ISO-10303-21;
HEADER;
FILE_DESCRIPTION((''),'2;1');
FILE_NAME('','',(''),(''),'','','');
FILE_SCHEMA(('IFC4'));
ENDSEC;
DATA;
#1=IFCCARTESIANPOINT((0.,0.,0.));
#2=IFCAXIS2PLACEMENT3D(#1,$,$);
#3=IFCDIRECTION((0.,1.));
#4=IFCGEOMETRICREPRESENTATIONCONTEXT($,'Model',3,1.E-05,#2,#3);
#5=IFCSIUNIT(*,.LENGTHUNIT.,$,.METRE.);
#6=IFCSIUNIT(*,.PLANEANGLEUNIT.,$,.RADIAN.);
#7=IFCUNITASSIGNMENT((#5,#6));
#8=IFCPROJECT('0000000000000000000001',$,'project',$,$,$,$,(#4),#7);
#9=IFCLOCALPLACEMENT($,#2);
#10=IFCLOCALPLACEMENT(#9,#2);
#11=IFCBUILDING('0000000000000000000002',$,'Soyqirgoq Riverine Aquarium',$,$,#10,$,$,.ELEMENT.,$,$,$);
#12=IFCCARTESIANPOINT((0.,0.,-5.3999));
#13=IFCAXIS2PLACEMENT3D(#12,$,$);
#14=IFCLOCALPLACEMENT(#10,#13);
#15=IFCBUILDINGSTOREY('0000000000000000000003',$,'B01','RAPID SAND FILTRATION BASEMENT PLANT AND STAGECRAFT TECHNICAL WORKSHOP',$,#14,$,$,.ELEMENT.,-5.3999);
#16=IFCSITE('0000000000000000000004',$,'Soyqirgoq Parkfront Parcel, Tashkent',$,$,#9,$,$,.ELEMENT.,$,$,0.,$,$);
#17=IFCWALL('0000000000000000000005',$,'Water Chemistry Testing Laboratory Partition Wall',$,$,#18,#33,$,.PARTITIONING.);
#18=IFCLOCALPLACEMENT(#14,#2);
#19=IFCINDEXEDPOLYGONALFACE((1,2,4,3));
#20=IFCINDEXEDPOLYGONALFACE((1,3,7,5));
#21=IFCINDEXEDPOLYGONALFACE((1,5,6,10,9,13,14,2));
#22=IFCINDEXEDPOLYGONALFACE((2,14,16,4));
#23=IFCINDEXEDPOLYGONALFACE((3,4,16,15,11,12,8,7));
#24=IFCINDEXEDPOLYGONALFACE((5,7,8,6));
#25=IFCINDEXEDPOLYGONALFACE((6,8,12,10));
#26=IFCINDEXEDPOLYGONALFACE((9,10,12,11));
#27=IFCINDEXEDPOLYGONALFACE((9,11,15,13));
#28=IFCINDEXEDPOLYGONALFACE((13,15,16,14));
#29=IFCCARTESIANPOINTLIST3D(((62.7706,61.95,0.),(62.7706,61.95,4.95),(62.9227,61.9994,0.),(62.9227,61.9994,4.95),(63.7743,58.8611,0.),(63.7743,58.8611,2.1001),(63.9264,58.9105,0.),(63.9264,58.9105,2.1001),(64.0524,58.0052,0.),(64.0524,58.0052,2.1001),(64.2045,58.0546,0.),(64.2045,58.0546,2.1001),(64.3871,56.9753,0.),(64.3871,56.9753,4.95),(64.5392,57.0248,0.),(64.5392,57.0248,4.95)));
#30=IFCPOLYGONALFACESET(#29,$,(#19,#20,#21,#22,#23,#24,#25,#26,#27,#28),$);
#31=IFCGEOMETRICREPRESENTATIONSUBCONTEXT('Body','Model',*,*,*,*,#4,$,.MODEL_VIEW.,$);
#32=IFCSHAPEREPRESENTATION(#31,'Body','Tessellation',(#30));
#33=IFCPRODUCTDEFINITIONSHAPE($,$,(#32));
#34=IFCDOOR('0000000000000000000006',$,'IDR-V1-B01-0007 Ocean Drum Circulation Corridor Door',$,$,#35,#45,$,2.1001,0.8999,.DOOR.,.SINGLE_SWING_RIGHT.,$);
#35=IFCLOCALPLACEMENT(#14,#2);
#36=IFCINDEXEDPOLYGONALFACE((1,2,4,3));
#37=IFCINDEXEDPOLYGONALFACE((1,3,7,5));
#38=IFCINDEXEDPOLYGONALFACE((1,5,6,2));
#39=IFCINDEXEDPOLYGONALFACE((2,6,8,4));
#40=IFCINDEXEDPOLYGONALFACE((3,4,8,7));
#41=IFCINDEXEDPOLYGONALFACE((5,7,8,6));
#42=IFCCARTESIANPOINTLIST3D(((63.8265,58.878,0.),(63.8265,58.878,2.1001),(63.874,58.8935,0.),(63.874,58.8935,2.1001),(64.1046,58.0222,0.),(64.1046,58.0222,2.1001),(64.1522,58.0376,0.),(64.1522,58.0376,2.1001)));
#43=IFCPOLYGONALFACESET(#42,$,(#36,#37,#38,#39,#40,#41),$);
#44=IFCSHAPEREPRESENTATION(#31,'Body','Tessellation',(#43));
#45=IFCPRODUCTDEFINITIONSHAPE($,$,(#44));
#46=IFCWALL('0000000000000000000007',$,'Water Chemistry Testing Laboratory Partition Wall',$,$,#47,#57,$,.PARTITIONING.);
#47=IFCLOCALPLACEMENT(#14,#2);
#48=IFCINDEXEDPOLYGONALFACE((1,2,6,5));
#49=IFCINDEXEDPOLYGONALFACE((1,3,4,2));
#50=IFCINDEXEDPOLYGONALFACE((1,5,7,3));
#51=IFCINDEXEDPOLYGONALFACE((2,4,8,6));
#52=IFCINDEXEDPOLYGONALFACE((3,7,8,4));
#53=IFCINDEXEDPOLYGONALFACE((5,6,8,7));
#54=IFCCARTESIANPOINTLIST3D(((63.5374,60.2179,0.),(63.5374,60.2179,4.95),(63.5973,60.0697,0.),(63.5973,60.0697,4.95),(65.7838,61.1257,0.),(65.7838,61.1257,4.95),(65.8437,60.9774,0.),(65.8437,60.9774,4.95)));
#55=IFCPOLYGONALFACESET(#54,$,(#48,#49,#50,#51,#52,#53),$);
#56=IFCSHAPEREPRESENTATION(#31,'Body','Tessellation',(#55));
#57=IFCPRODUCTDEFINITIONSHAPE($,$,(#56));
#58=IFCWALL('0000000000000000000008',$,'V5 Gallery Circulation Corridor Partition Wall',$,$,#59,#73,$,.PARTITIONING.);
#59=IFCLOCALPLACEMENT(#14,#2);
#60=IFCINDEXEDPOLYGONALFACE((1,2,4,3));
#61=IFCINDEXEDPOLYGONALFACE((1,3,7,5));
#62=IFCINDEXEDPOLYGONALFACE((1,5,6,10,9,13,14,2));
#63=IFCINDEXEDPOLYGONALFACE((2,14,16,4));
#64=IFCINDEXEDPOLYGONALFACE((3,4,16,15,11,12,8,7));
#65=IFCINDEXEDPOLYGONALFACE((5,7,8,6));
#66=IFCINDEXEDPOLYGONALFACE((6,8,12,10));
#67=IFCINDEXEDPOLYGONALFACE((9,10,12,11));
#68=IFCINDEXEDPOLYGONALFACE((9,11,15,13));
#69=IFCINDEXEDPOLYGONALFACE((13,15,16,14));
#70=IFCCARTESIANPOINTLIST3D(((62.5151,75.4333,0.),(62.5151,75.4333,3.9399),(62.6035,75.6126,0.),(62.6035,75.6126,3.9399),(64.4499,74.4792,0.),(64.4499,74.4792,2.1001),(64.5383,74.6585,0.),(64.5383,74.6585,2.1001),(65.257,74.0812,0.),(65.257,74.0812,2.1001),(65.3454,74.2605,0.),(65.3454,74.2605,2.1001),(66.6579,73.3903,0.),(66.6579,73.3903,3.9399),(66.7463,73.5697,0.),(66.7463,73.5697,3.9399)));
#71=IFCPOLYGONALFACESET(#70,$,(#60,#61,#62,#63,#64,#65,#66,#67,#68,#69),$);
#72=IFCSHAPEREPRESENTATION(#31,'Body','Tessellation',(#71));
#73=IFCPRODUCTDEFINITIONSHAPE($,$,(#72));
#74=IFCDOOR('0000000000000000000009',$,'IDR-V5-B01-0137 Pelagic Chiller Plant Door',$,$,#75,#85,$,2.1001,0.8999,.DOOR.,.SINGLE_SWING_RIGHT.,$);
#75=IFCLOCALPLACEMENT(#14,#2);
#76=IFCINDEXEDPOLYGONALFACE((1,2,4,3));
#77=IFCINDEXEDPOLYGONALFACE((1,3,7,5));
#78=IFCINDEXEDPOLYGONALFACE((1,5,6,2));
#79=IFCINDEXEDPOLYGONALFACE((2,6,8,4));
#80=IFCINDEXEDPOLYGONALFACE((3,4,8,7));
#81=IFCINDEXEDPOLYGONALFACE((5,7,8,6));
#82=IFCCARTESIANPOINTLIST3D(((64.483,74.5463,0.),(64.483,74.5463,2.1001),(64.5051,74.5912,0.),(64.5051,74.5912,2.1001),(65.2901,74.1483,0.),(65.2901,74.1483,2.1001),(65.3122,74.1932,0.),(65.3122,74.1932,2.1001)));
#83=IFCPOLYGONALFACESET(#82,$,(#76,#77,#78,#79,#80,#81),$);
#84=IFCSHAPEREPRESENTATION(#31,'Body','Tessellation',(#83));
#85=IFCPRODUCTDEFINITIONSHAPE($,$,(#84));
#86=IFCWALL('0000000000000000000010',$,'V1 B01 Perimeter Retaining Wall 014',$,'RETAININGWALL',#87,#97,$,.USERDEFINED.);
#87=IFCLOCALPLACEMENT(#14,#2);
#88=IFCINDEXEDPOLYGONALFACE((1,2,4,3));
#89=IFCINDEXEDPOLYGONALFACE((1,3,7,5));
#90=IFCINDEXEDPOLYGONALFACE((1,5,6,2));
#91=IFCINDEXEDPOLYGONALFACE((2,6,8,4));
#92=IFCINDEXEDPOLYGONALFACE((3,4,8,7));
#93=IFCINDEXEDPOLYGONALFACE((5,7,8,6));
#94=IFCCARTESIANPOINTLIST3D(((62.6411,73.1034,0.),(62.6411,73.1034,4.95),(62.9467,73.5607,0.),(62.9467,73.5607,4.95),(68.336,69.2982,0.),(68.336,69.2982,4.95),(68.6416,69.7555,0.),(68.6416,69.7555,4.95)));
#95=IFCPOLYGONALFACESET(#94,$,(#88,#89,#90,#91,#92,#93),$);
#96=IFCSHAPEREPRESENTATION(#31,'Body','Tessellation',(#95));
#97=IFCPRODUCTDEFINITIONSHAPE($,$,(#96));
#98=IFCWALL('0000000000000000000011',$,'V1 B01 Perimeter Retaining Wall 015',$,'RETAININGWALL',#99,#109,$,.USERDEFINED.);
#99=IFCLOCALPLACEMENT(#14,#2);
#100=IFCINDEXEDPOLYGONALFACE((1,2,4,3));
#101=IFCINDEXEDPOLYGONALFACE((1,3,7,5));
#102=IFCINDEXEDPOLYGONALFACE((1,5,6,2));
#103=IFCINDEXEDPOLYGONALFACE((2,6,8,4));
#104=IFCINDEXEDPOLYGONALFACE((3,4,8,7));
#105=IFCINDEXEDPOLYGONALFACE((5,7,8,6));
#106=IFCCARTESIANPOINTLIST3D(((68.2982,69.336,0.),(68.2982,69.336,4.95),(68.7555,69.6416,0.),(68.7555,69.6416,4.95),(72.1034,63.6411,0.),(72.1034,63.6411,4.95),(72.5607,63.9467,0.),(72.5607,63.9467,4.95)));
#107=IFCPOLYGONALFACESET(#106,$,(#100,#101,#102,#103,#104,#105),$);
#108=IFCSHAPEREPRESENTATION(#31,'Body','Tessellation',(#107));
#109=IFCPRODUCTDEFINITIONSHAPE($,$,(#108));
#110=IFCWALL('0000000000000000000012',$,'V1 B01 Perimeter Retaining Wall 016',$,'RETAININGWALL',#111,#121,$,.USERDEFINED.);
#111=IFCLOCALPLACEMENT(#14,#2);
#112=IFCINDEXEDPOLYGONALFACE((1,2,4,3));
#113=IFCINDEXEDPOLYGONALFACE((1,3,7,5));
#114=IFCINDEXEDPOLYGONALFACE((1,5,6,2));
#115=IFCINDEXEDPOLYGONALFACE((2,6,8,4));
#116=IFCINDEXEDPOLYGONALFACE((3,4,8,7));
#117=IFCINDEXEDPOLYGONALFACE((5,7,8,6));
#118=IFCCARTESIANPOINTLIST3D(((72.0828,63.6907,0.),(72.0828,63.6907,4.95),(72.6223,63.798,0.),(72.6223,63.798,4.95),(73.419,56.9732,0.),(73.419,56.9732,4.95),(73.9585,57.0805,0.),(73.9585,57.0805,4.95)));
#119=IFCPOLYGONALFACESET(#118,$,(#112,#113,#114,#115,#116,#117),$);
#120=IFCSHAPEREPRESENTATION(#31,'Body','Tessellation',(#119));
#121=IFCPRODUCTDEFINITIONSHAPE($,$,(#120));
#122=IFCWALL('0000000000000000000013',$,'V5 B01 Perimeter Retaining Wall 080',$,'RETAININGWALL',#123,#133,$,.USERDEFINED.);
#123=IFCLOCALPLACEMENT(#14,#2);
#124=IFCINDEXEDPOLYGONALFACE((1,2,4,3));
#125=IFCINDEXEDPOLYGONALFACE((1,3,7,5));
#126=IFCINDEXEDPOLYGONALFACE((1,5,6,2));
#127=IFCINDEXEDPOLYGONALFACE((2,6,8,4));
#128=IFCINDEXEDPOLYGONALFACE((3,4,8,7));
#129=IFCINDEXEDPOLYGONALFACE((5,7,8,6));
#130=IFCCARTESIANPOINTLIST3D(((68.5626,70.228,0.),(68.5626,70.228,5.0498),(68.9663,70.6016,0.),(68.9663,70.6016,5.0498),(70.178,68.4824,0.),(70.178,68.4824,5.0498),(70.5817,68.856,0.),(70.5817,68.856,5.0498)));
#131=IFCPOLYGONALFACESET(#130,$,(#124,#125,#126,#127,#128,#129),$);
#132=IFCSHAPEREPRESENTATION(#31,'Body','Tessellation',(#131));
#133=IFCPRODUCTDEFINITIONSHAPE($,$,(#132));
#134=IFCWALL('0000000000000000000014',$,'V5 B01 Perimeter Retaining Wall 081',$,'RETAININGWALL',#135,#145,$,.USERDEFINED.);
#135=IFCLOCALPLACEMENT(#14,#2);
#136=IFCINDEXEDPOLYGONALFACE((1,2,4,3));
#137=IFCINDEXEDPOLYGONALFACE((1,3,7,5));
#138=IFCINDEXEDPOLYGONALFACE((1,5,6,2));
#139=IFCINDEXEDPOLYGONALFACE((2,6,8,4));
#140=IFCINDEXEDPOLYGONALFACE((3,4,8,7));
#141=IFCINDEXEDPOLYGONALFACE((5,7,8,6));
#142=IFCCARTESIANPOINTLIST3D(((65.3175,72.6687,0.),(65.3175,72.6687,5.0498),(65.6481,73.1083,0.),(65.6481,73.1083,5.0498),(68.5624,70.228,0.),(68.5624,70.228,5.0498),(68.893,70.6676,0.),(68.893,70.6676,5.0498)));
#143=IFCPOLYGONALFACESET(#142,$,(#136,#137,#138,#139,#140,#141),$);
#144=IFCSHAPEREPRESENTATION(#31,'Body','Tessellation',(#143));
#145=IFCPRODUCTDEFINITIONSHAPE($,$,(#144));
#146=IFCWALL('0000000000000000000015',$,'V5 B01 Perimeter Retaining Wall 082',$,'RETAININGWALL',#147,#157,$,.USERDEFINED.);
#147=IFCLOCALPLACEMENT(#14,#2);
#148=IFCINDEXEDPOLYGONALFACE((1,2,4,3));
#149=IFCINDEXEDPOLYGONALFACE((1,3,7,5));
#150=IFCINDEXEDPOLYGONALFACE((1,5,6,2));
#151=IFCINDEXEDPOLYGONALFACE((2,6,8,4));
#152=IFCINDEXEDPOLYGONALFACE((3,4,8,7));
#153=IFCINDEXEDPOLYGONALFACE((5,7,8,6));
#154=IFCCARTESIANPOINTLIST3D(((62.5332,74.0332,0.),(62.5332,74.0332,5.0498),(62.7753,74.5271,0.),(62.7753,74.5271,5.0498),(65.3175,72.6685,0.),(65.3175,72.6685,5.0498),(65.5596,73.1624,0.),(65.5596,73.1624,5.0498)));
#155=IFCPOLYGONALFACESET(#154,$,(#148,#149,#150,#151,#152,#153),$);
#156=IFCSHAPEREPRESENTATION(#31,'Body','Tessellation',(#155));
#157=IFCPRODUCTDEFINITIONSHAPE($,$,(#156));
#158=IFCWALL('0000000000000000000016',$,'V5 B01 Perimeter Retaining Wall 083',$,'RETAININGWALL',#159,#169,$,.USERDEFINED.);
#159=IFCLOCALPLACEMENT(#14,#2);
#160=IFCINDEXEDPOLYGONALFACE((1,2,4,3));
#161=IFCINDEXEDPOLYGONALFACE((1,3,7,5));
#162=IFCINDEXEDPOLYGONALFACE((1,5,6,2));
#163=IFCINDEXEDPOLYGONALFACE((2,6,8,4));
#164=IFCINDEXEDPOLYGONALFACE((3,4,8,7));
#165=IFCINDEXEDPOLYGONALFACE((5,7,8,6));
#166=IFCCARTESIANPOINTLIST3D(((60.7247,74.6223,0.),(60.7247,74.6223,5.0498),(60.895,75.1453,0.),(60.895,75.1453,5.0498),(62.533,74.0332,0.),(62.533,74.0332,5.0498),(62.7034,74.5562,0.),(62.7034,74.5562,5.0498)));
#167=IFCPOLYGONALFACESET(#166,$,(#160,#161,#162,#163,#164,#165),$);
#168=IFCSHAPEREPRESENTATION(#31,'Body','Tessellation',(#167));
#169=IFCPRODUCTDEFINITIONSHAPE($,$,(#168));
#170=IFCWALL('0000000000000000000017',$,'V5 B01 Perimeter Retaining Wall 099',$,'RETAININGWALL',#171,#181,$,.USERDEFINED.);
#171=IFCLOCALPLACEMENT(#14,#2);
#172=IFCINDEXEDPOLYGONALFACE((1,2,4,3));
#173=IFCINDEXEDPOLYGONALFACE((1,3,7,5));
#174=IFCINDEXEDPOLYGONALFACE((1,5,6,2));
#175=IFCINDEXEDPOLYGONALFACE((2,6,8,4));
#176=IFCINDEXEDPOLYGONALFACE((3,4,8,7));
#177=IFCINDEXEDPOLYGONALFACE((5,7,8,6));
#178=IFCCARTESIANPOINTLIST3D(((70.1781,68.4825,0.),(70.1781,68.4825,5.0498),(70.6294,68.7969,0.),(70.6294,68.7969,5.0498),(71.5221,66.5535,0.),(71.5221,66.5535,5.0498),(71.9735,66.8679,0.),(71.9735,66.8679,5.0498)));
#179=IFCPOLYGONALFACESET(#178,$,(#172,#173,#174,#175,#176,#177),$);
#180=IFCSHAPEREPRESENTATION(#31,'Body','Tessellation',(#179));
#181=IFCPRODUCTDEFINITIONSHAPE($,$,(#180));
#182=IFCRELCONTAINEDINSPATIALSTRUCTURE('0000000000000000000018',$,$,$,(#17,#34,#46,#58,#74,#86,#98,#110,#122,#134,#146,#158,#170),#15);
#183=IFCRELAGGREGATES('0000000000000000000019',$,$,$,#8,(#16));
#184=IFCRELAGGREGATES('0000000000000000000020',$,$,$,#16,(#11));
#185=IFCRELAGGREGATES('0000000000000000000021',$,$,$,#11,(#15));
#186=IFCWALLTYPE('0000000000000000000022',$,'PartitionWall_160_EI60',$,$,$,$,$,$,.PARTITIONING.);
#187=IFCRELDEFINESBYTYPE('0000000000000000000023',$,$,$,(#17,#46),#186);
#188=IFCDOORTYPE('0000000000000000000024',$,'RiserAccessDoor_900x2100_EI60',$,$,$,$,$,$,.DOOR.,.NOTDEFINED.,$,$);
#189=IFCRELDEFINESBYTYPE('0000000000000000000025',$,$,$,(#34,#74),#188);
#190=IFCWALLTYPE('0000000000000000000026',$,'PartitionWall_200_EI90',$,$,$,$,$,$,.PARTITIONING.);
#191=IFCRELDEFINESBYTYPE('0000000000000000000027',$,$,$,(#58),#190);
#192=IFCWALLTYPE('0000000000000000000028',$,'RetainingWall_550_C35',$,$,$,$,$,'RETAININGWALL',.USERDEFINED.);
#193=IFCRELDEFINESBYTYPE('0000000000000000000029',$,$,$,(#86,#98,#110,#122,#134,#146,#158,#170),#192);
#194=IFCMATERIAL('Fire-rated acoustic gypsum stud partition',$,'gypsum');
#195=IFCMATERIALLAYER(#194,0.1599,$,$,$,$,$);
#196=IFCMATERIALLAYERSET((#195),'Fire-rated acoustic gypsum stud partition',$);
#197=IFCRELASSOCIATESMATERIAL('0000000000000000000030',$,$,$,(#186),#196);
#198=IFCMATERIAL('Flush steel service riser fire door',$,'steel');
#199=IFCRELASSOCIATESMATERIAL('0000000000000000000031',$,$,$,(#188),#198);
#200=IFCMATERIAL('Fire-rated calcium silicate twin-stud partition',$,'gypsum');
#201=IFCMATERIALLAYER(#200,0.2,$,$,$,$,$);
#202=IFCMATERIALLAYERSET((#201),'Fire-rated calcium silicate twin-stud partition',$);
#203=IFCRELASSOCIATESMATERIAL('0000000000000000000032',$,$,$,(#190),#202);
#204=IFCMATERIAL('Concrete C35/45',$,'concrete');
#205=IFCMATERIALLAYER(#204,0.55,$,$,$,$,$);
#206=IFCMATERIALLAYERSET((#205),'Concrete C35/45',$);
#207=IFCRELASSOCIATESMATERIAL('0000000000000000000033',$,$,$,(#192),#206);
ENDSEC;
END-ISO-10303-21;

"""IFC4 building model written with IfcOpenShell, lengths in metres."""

from ifc_helpers import new_model, si_unit, direction, frame, frame_2d, origin, place, context, subcontext, project, spatial, rectangle, extrude, material, layer, layer_set, type_object, element, fill, save


model = new_model("IFC4")

# Units and contexts
model_context = context("Model", 3, precision=1e-05, world=origin(), true_north=direction((0.0, 1.0)))
body_context = subcontext(model_context, "Body", "Model", "MODEL_VIEW")
ifc_project = project(units=[si_unit("LENGTHUNIT", "METRE"), si_unit("PLANEANGLEUNIT", "RADIAN")], contexts=[model_context])

# Site, building, storey
site_placement = place(None, origin())
site = spatial("IfcSite", under=ifc_project, at=site_placement, Name="Soyqirgoq Parkfront Parcel, Tashkent", CompositionType="ELEMENT", RefElevation=0.0)
building_placement = place(site_placement, origin())
building = spatial("IfcBuilding", under=site, at=building_placement, Name="Soyqirgoq Riverine Aquarium", CompositionType="ELEMENT")
storey_placement = place(building_placement, frame((0.0, 0.0, -5.3999)))
storey = spatial("IfcBuildingStorey", under=building, at=storey_placement, Name="B01", Description="RAPID SAND FILTRATION BASEMENT PLANT AND STAGECRAFT TECHNICAL WORKSHOP", CompositionType="ELEMENT", Elevation=-5.3999)

# Wall, opening, door
ifc_material_1 = material(Name="Fire-rated acoustic gypsum stud partition", Category="gypsum")
ifc_layer_1 = layer(ifc_material_1, 0.1599)
ifc_layer_set_1 = layer_set([ifc_layer_1], Name="Fire-rated acoustic gypsum stud partition")
wall_type_1 = type_object("IfcWallType", Name="PartitionWall_160_EI60", PredefinedType="PARTITIONING", material=ifc_layer_set_1)
wall_1_placement = place(storey_placement, frame((62.8467, 61.9746, 0.0), z_axis=(0.0, 0.0, 1.0), x_axis=(0.309035, -0.951051, 0.0)))
wall_1 = element("IfcWall", 1, at=wall_1_placement, inside=storey, type_object=wall_type_1, Name="Water Chemistry Testing Laboratory Partition Wall", PredefinedType="PARTITIONING", context=body_context, shape_type="SweptSolid", body=[
    extrude(rectangle(XDim=5.2307, YDim=0.1599, at=frame_2d((2.6152, 0.0))), origin(), (0.0, 0.0, 1.0), 4.95),
])
opening_1_placement = place(wall_1_placement, frame((3.2478, 0.0, 0.0)))
opening_1 = element("IfcOpeningElement", 2, at=opening_1_placement, cuts=wall_1, PredefinedType="OPENING", context=body_context, shape_type="SweptSolid", body=[
    extrude(rectangle(XDim=0.8999, YDim=2.1001, at=frame_2d((0.45, 1.05))), frame((0.0, 0.0898, 0.0), z_axis=(0.0, -1.0, 0.0), x_axis=(1.0, 0.0, 0.0)), (0.0, 0.0, 1.0), 0.1799),
])
ifc_material_2 = material(Name="Flush steel service riser fire door", Category="steel")
door_type_1 = type_object("IfcDoorType", Name="RiserAccessDoor_900x2100_EI60", OperationType="NOTDEFINED", PredefinedType="DOOR", material=ifc_material_2)
door_1_placement = place(opening_1_placement, origin())
door_1 = element("IfcDoor", 3, at=door_1_placement, inside=storey, type_object=door_type_1, Name="IDR-V1-B01-0007 Ocean Drum Circulation Corridor Door", OperationType="SINGLE_SWING_RIGHT", OverallHeight=2.1001, OverallWidth=0.8999, PredefinedType="DOOR", context=body_context, shape_type="SweptSolid", body=[
    extrude(rectangle(XDim=0.8999, YDim=2.1001, at=frame_2d((0.45, 1.05))), frame((0.0, 0.0249, 0.0), z_axis=(0.0, -1.0, 0.0), x_axis=(1.0, 0.0, 0.0)), (0.0, 0.0, 1.0), 0.05),
])
fill(opening_1, door_1)

# Wall
wall_2_placement = place(storey_placement, frame((63.5674, 60.1438, 0.0), z_axis=(0.0, 0.0, 1.0), x_axis=(0.927164, 0.374655, 0.0)))
element("IfcWall", 4, at=wall_2_placement, inside=storey, type_object=wall_type_1, Name="Water Chemistry Testing Laboratory Partition Wall", PredefinedType="PARTITIONING", context=body_context, shape_type="SweptSolid", body=[
    extrude(rectangle(XDim=2.4229, YDim=0.1599, at=frame_2d((1.2114, 0.0))), origin(), (0.0, 0.0, 1.0), 4.95),
])

# Wall, opening, door
ifc_material_3 = material(Name="Fire-rated calcium silicate twin-stud partition", Category="gypsum")
ifc_layer_2 = layer(ifc_material_3, 0.2)
ifc_layer_set_2 = layer_set([ifc_layer_2], Name="Fire-rated calcium silicate twin-stud partition")
wall_type_2 = type_object("IfcWallType", Name="PartitionWall_200_EI90", PredefinedType="PARTITIONING", material=ifc_layer_set_2)
wall_3_placement = place(storey_placement, frame((62.5593, 75.5229, 0.0), z_axis=(0.0, 0.0, 1.0), x_axis=(0.896877, -0.442281, 0.0)))
wall_3 = element("IfcWall", 5, at=wall_3_placement, inside=storey, type_object=wall_type_2, Name="V5 Gallery Circulation Corridor Partition Wall", PredefinedType="PARTITIONING", context=body_context, shape_type="SweptSolid", body=[
    extrude(rectangle(XDim=4.6191, YDim=0.2, at=frame_2d((2.3096, 0.0))), origin(), (0.0, 0.0, 1.0), 3.9399),
])
opening_2_placement = place(wall_3_placement, frame((2.1572, 0.0, 0.0)))
opening_2 = element("IfcOpeningElement", 6, at=opening_2_placement, cuts=wall_3, PredefinedType="OPENING", context=body_context, shape_type="SweptSolid", body=[
    extrude(rectangle(XDim=0.8999, YDim=2.1001, at=frame_2d((0.45, 1.05))), frame((0.0, 0.1099, 0.0), z_axis=(0.0, -1.0, 0.0), x_axis=(1.0, 0.0, 0.0)), (0.0, 0.0, 1.0), 0.22),
])
door_2_placement = place(opening_2_placement, origin())
door_2 = element("IfcDoor", 7, at=door_2_placement, inside=storey, type_object=door_type_1, Name="IDR-V5-B01-0137 Pelagic Chiller Plant Door", OperationType="SINGLE_SWING_RIGHT", OverallHeight=2.1001, OverallWidth=0.8999, PredefinedType="DOOR", context=body_context, shape_type="SweptSolid", body=[
    extrude(rectangle(XDim=0.8999, YDim=2.1001, at=frame_2d((0.45, 1.05))), frame((0.0, 0.0249, 0.0), z_axis=(0.0, -1.0, 0.0), x_axis=(1.0, 0.0, 0.0)), (0.0, 0.0, 1.0), 0.05),
])
fill(opening_2, door_2)

# Walls
ifc_material_4 = material(Name="Concrete C35/45", Category="concrete")
ifc_layer_3 = layer(ifc_material_4, 0.55)
ifc_layer_set_3 = layer_set([ifc_layer_3], Name="Concrete C35/45")
wall_type_3 = type_object("IfcWallType", Name="RetainingWall_550_C35", ElementType="RETAININGWALL", PredefinedType="USERDEFINED", material=ifc_layer_set_3)
for number, where, z_axis, x_axis, name in (
    (8, (62.7939, 73.332, 0.0), (0.0, 0.0, 1.0), (0.831469, -0.555572, 0.0), "V1 B01 Perimeter Retaining Wall 014"),
    (9, (68.5269, 69.4888, 0.0), (0.0, 0.0, 1.0), (0.555572, -0.831469, 0.0), "V1 B01 Perimeter Retaining Wall 015"),
    (10, (72.3525, 63.7444, 0.0), (0.0, 0.0, 1.0), (0.195088, -0.980786, 0.0), "V1 B01 Perimeter Retaining Wall 016"),
):
    element("IfcWall", number, at=place(storey_placement, frame(where, z_axis=z_axis, x_axis=x_axis)), inside=storey, type_object=wall_type_3, Name=name, ObjectType="RETAININGWALL", PredefinedType="USERDEFINED", context=body_context, shape_type="SweptSolid", body=[
        extrude(rectangle(XDim=6.8491, YDim=0.55, at=frame_2d((3.4246, 0.0))), origin(), (0.0, 0.0, 1.0), 4.95),
    ])
wall_4_placement = place(storey_placement, frame((70.3799, 68.6692, 0.0), z_axis=(0.0, 0.0, 1.0), x_axis=(-0.679222, 0.733933, 0.0)))
element("IfcWall", 11, at=wall_4_placement, inside=storey, type_object=wall_type_3, Name="V5 B01 Perimeter Retaining Wall 080", ObjectType="RETAININGWALL", PredefinedType="USERDEFINED", context=body_context, shape_type="SweptSolid", body=[
    extrude(rectangle(XDim=2.3784, YDim=0.55, at=frame_2d((1.1892, 0.0))), origin(), (0.0, 0.0, 1.0), 5.0498),
])
wall_5_placement = place(storey_placement, frame((68.7278, 70.4478, 0.0), z_axis=(0.0, 0.0, 1.0), x_axis=(-0.799169, 0.601106, 0.0)))
element("IfcWall", 12, at=wall_5_placement, inside=storey, type_object=wall_type_3, Name="V5 B01 Perimeter Retaining Wall 081", ObjectType="RETAININGWALL", PredefinedType="USERDEFINED", context=body_context, shape_type="SweptSolid", body=[
    extrude(rectangle(XDim=4.0603, YDim=0.55, at=frame_2d((2.0303, 0.0))), origin(), (0.0, 0.0, 1.0), 5.0498),
])
wall_6_placement = place(storey_placement, frame((65.4385, 72.9155, 0.0), z_axis=(0.0, 0.0, 1.0), x_axis=(-0.897942, 0.440114, 0.0)))
element("IfcWall", 13, at=wall_6_placement, inside=storey, type_object=wall_type_3, Name="V5 B01 Perimeter Retaining Wall 082", ObjectType="RETAININGWALL", PredefinedType="USERDEFINED", context=body_context, shape_type="SweptSolid", body=[
    extrude(rectangle(XDim=3.1008, YDim=0.55, at=frame_2d((1.5503, 0.0))), origin(), (0.0, 0.0, 1.0), 5.0498),
])
wall_7_placement = place(storey_placement, frame((62.6182, 74.2947, 0.0), z_axis=(0.0, 0.0, 1.0), x_axis=(-0.950818, 0.309751, 0.0)))
element("IfcWall", 14, at=wall_7_placement, inside=storey, type_object=wall_type_3, Name="V5 B01 Perimeter Retaining Wall 083", ObjectType="RETAININGWALL", PredefinedType="USERDEFINED", context=body_context, shape_type="SweptSolid", body=[
    extrude(rectangle(XDim=1.9019, YDim=0.55, at=frame_2d((0.9509, 0.0))), origin(), (0.0, 0.0, 1.0), 5.0498),
])
wall_8_placement = place(storey_placement, frame((71.7478, 66.7107, 0.0), z_axis=(0.0, 0.0, 1.0), x_axis=(-0.57167, 0.820484, 0.0)))
element("IfcWall", 15, at=wall_8_placement, inside=storey, type_object=wall_type_3, Name="V5 B01 Perimeter Retaining Wall 099", ObjectType="RETAININGWALL", PredefinedType="USERDEFINED", context=body_context, shape_type="SweptSolid", body=[
    extrude(rectangle(XDim=2.3511, YDim=0.55, at=frame_2d((1.1755, 0.0))), origin(), (0.0, 0.0, 1.0), 5.0498),
])

save(model, "model.ifc")
